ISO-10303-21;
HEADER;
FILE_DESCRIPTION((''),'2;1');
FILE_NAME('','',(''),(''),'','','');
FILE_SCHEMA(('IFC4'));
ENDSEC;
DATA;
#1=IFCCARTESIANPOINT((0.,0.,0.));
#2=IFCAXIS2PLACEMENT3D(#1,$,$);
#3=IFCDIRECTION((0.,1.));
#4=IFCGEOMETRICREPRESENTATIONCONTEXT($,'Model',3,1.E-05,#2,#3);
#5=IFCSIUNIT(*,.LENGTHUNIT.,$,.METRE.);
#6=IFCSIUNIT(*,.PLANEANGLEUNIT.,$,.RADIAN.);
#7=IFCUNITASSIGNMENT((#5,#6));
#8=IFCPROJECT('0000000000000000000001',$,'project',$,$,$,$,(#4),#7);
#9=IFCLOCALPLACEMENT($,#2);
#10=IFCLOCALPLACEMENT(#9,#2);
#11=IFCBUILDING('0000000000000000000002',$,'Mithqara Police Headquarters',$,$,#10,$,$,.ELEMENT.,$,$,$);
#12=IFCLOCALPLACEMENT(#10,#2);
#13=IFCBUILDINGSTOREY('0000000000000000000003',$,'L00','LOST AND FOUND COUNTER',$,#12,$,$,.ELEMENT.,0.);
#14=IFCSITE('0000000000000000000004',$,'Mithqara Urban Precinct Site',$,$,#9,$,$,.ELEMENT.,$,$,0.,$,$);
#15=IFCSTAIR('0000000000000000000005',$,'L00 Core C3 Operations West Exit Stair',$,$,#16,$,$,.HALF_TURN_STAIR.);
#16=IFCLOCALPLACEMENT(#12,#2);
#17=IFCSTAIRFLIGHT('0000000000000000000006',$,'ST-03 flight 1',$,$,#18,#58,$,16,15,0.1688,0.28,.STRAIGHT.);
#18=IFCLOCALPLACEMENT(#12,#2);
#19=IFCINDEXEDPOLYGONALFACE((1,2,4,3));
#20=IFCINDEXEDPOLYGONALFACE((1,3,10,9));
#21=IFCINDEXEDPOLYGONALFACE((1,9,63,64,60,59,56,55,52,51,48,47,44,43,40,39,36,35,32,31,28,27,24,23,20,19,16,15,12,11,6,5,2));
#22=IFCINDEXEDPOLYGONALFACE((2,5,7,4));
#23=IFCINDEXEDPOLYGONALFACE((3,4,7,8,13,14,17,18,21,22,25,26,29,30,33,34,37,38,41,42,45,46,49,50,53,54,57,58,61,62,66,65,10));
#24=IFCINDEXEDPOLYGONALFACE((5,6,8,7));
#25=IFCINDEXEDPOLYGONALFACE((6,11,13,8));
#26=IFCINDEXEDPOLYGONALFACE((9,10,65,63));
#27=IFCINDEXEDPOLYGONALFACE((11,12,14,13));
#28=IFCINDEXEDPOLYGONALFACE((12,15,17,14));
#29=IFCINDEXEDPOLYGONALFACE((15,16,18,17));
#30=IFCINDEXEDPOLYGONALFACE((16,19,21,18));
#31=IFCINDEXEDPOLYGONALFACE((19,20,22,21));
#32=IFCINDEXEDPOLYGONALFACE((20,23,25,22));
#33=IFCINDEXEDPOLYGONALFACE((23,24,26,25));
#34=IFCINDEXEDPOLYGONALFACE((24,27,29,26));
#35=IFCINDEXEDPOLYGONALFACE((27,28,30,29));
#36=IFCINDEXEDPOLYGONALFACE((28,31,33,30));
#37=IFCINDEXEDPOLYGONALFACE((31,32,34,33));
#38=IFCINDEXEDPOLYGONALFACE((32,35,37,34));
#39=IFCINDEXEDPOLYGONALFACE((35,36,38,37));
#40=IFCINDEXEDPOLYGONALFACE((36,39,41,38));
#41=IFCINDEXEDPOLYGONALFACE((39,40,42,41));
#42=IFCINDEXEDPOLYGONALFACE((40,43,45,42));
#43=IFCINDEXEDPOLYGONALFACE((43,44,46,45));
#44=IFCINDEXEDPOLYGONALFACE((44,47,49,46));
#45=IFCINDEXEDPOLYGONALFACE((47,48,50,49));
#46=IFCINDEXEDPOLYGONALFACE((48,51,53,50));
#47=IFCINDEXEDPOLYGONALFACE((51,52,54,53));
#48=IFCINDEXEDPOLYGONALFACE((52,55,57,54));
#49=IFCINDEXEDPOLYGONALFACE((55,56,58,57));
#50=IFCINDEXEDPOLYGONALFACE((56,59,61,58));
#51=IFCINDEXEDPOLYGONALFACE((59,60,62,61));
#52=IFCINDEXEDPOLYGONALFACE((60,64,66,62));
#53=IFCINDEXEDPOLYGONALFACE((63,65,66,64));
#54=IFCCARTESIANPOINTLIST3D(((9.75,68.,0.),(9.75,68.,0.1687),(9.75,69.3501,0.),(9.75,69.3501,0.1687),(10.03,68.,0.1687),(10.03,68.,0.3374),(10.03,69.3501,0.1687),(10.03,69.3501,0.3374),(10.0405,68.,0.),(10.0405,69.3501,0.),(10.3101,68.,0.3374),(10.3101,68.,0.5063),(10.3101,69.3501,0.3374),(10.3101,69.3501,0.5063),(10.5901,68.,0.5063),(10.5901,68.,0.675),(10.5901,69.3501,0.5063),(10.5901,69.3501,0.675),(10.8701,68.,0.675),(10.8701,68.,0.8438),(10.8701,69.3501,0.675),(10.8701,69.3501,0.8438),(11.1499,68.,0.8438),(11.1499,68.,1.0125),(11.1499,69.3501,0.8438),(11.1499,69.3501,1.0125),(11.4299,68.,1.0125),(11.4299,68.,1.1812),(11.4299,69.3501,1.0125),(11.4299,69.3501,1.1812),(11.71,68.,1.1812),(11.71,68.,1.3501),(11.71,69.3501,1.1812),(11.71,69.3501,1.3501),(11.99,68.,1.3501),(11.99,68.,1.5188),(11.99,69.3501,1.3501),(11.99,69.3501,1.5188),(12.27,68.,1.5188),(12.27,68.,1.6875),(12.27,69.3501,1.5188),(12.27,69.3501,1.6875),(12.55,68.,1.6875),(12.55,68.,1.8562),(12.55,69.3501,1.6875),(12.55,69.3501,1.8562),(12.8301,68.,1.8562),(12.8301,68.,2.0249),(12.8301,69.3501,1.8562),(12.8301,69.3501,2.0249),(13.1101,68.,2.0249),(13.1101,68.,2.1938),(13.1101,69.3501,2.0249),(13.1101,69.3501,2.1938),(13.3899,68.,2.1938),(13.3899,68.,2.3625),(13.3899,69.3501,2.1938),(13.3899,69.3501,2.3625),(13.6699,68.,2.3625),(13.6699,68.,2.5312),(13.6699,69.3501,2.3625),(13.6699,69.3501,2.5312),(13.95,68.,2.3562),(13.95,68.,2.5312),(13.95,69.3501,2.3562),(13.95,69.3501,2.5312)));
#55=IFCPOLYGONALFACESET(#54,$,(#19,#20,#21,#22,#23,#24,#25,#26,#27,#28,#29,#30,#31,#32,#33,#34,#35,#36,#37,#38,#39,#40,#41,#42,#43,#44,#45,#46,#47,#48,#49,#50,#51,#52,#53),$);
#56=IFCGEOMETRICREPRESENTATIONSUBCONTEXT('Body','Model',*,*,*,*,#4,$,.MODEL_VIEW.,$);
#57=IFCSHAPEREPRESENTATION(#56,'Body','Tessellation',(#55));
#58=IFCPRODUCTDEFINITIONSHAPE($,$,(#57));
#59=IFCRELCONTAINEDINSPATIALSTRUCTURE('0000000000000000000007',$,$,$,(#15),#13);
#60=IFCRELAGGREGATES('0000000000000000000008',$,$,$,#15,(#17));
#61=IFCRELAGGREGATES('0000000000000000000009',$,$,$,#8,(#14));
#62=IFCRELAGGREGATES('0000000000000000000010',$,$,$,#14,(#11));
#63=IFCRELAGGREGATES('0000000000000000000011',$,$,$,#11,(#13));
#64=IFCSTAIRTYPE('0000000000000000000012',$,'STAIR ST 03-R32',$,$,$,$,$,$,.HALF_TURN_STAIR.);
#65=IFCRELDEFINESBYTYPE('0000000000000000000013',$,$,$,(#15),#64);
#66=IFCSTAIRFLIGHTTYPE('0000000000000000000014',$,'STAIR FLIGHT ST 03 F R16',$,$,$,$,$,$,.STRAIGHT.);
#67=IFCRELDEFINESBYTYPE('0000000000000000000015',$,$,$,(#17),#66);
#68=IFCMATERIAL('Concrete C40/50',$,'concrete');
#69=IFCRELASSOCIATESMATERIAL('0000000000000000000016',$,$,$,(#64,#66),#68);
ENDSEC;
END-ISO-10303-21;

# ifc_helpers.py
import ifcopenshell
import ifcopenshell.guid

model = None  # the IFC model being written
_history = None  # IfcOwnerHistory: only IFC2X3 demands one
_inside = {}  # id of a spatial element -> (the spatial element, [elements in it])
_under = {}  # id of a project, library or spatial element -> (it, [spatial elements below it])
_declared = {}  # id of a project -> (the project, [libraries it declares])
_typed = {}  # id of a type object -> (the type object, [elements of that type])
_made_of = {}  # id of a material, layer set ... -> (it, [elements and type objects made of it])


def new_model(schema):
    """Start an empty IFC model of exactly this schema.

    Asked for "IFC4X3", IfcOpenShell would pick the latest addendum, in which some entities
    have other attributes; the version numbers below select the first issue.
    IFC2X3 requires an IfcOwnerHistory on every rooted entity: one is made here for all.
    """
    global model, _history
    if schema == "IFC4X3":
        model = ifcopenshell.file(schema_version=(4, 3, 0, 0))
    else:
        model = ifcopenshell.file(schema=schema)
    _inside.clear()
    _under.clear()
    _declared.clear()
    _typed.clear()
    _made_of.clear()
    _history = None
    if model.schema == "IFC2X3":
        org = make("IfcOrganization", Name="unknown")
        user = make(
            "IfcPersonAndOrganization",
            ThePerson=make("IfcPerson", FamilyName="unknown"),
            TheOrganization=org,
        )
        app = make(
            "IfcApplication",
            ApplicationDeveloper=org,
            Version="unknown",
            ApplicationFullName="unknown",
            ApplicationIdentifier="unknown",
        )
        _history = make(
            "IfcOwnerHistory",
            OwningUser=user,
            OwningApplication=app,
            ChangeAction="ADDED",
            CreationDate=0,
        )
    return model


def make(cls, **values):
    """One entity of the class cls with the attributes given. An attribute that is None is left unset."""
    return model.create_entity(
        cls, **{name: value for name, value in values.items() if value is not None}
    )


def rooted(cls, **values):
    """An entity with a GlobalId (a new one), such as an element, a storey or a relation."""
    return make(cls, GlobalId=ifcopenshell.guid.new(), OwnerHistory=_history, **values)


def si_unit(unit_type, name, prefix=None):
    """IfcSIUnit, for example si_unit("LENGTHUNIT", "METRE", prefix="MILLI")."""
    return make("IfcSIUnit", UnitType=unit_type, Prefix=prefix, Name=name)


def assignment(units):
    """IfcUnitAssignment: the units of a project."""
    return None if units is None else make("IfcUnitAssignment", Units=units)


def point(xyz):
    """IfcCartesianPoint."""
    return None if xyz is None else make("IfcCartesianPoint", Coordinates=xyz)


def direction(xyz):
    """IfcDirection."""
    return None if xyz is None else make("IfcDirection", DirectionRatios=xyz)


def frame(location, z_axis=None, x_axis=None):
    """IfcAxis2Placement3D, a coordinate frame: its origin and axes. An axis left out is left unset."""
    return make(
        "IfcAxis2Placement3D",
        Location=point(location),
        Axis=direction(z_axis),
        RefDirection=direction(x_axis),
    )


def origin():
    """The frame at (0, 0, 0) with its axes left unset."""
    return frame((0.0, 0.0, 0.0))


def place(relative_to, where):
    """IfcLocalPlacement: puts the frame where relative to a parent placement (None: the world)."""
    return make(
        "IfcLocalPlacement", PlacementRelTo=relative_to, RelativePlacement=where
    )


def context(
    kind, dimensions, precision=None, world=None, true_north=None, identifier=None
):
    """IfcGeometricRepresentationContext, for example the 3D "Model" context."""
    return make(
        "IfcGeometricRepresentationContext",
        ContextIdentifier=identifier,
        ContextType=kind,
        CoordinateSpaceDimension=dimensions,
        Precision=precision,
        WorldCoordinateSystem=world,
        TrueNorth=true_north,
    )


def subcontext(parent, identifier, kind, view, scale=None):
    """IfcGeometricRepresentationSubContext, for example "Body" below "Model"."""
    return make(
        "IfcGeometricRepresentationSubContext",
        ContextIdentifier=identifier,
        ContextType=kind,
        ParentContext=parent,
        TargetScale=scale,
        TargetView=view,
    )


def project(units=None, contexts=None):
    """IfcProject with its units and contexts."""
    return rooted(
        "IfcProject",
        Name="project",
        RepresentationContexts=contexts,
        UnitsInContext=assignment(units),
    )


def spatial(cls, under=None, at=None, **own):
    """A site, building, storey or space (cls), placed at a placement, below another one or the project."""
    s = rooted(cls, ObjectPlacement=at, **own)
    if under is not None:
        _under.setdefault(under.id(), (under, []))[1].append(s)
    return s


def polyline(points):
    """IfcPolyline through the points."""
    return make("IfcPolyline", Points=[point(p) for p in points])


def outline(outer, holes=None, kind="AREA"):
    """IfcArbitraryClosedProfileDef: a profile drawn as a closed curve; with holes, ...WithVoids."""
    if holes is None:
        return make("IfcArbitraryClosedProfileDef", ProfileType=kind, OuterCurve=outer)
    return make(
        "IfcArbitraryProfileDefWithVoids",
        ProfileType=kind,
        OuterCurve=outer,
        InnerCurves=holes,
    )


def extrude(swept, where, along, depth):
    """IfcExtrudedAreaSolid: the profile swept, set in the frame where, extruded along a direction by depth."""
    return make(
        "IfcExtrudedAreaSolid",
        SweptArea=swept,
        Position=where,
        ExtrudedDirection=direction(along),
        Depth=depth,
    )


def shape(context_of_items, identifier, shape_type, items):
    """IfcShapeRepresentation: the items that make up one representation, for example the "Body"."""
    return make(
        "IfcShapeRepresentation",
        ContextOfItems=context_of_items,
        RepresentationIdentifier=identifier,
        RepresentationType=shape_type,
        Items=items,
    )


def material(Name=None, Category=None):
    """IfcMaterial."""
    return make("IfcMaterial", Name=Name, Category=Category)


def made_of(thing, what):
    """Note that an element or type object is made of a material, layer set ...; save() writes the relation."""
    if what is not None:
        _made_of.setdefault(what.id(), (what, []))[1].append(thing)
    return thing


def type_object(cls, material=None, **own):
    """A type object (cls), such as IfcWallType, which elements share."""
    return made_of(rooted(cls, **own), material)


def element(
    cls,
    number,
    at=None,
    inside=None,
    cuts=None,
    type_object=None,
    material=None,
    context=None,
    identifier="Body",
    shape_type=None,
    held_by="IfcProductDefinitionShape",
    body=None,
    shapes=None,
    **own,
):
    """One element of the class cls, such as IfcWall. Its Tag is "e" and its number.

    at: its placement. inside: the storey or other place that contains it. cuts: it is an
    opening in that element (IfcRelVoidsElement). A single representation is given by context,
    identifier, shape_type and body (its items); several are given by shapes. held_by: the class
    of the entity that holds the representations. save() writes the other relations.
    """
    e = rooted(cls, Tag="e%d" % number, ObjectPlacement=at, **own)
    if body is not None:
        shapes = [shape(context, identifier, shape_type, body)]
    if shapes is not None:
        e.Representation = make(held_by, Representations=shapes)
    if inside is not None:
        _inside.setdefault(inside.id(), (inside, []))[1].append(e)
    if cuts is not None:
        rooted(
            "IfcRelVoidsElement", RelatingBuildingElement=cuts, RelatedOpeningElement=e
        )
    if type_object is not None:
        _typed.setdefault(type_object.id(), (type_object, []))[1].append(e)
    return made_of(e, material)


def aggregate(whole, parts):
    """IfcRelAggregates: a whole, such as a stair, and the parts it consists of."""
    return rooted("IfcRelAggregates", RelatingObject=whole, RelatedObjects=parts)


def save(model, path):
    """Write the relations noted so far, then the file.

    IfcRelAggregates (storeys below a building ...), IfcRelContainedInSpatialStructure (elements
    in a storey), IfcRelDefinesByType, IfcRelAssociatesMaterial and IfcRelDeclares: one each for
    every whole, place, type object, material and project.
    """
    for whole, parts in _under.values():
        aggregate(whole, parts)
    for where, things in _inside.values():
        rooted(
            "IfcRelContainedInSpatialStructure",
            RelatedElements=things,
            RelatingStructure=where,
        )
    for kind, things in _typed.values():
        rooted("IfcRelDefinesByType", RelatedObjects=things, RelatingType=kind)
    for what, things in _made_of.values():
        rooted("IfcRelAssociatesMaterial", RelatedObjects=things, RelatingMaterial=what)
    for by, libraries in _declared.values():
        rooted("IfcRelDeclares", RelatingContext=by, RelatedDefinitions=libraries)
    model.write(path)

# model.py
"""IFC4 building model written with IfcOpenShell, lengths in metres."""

from ifc_helpers import new_model, si_unit, direction, frame, origin, place, context, subcontext, project, spatial, polyline, outline, extrude, material, type_object, element, aggregate, save


model = new_model("IFC4")

# Units and contexts
model_context = context("Model", 3, precision=1e-05, world=origin(), true_north=direction((0.0, 1.0)))
body_context = subcontext(model_context, "Body", "Model", "MODEL_VIEW")
ifc_project = project(units=[si_unit("LENGTHUNIT", "METRE"), si_unit("PLANEANGLEUNIT", "RADIAN")], contexts=[model_context])

# Site, building, storey
site_placement = place(None, origin())
site = spatial("IfcSite", under=ifc_project, at=site_placement, Name="Mithqara Urban Precinct Site", CompositionType="ELEMENT", RefElevation=0.0)
building_placement = place(site_placement, origin())
building = spatial("IfcBuilding", under=site, at=building_placement, Name="Mithqara Police Headquarters", CompositionType="ELEMENT")
storey_placement = place(building_placement, origin())
storey = spatial("IfcBuildingStorey", under=building, at=storey_placement, Name="L00", Description="LOST AND FOUND COUNTER", CompositionType="ELEMENT", Elevation=0.0)

# Shared definitions
ifc_material_1 = material(Name="Concrete C40/50", Category="concrete")

# Stair, stair flight
stair_type = type_object("IfcStairType", Name="STAIR ST 03-R32", PredefinedType="HALF_TURN_STAIR", material=ifc_material_1)
stair_placement = place(storey_placement, origin())
stair = element("IfcStair", 1, at=stair_placement, inside=storey, type_object=stair_type, Name="L00 Core C3 Operations West Exit Stair", PredefinedType="HALF_TURN_STAIR")
stair_flight_type = type_object("IfcStairFlightType", Name="STAIR FLIGHT ST 03 F R16", PredefinedType="STRAIGHT", material=ifc_material_1)
stair_flight_placement = place(storey_placement, frame((9.75, 68.675, 0.0), z_axis=(0.0, 0.0, 1.0), x_axis=(1.0, 0.0, 0.0)))
stair_flight = element("IfcStairFlight", 2, at=stair_flight_placement, type_object=stair_flight_type, Name="ST-03 flight 1", NumberOfRisers=16, NumberOfTreads=15, PredefinedType="STRAIGHT", RiserHeight=0.1688, TreadLength=0.28, context=body_context, shape_type="SweptSolid", body=[
    extrude(outline(polyline([(0.0, 0.0), (0.0, 0.1687), (0.28, 0.1687), (0.28, 0.3374), (0.5601, 0.3374), (0.5601, 0.5063), (0.8401, 0.5063), (0.8401, 0.675), (1.1201, 0.675), (1.1201, 0.8438), (1.3999, 0.8438), (1.3999, 1.0125), (1.6799, 1.0125), (1.6799, 1.1812), (1.96, 1.1812), (1.96, 1.3501), (2.24, 1.3501), (2.24, 1.5188), (2.52, 1.5188), (2.52, 1.6875), (2.8, 1.6875), (2.8, 1.8562), (3.0801, 1.8562), (3.0801, 2.0249), (3.3601, 2.0249), (3.3601, 2.1938), (3.6399, 2.1938), (3.6399, 2.3625), (3.9199, 2.3625), (3.9199, 2.5312), (4.2, 2.5312), (4.2, 2.7), (4.2, 2.3562), (0.2905, 0.0), (0.0, 0.0)])), frame((0.0, 0.675, 0.0), z_axis=(0.0, -1.0, 0.0), x_axis=(1.0, 0.0, 0.0)), (0.0, 0.0, 1.0), 1.3501),
])
aggregate(stair, [stair_flight])

save(model, "model.ifc")
